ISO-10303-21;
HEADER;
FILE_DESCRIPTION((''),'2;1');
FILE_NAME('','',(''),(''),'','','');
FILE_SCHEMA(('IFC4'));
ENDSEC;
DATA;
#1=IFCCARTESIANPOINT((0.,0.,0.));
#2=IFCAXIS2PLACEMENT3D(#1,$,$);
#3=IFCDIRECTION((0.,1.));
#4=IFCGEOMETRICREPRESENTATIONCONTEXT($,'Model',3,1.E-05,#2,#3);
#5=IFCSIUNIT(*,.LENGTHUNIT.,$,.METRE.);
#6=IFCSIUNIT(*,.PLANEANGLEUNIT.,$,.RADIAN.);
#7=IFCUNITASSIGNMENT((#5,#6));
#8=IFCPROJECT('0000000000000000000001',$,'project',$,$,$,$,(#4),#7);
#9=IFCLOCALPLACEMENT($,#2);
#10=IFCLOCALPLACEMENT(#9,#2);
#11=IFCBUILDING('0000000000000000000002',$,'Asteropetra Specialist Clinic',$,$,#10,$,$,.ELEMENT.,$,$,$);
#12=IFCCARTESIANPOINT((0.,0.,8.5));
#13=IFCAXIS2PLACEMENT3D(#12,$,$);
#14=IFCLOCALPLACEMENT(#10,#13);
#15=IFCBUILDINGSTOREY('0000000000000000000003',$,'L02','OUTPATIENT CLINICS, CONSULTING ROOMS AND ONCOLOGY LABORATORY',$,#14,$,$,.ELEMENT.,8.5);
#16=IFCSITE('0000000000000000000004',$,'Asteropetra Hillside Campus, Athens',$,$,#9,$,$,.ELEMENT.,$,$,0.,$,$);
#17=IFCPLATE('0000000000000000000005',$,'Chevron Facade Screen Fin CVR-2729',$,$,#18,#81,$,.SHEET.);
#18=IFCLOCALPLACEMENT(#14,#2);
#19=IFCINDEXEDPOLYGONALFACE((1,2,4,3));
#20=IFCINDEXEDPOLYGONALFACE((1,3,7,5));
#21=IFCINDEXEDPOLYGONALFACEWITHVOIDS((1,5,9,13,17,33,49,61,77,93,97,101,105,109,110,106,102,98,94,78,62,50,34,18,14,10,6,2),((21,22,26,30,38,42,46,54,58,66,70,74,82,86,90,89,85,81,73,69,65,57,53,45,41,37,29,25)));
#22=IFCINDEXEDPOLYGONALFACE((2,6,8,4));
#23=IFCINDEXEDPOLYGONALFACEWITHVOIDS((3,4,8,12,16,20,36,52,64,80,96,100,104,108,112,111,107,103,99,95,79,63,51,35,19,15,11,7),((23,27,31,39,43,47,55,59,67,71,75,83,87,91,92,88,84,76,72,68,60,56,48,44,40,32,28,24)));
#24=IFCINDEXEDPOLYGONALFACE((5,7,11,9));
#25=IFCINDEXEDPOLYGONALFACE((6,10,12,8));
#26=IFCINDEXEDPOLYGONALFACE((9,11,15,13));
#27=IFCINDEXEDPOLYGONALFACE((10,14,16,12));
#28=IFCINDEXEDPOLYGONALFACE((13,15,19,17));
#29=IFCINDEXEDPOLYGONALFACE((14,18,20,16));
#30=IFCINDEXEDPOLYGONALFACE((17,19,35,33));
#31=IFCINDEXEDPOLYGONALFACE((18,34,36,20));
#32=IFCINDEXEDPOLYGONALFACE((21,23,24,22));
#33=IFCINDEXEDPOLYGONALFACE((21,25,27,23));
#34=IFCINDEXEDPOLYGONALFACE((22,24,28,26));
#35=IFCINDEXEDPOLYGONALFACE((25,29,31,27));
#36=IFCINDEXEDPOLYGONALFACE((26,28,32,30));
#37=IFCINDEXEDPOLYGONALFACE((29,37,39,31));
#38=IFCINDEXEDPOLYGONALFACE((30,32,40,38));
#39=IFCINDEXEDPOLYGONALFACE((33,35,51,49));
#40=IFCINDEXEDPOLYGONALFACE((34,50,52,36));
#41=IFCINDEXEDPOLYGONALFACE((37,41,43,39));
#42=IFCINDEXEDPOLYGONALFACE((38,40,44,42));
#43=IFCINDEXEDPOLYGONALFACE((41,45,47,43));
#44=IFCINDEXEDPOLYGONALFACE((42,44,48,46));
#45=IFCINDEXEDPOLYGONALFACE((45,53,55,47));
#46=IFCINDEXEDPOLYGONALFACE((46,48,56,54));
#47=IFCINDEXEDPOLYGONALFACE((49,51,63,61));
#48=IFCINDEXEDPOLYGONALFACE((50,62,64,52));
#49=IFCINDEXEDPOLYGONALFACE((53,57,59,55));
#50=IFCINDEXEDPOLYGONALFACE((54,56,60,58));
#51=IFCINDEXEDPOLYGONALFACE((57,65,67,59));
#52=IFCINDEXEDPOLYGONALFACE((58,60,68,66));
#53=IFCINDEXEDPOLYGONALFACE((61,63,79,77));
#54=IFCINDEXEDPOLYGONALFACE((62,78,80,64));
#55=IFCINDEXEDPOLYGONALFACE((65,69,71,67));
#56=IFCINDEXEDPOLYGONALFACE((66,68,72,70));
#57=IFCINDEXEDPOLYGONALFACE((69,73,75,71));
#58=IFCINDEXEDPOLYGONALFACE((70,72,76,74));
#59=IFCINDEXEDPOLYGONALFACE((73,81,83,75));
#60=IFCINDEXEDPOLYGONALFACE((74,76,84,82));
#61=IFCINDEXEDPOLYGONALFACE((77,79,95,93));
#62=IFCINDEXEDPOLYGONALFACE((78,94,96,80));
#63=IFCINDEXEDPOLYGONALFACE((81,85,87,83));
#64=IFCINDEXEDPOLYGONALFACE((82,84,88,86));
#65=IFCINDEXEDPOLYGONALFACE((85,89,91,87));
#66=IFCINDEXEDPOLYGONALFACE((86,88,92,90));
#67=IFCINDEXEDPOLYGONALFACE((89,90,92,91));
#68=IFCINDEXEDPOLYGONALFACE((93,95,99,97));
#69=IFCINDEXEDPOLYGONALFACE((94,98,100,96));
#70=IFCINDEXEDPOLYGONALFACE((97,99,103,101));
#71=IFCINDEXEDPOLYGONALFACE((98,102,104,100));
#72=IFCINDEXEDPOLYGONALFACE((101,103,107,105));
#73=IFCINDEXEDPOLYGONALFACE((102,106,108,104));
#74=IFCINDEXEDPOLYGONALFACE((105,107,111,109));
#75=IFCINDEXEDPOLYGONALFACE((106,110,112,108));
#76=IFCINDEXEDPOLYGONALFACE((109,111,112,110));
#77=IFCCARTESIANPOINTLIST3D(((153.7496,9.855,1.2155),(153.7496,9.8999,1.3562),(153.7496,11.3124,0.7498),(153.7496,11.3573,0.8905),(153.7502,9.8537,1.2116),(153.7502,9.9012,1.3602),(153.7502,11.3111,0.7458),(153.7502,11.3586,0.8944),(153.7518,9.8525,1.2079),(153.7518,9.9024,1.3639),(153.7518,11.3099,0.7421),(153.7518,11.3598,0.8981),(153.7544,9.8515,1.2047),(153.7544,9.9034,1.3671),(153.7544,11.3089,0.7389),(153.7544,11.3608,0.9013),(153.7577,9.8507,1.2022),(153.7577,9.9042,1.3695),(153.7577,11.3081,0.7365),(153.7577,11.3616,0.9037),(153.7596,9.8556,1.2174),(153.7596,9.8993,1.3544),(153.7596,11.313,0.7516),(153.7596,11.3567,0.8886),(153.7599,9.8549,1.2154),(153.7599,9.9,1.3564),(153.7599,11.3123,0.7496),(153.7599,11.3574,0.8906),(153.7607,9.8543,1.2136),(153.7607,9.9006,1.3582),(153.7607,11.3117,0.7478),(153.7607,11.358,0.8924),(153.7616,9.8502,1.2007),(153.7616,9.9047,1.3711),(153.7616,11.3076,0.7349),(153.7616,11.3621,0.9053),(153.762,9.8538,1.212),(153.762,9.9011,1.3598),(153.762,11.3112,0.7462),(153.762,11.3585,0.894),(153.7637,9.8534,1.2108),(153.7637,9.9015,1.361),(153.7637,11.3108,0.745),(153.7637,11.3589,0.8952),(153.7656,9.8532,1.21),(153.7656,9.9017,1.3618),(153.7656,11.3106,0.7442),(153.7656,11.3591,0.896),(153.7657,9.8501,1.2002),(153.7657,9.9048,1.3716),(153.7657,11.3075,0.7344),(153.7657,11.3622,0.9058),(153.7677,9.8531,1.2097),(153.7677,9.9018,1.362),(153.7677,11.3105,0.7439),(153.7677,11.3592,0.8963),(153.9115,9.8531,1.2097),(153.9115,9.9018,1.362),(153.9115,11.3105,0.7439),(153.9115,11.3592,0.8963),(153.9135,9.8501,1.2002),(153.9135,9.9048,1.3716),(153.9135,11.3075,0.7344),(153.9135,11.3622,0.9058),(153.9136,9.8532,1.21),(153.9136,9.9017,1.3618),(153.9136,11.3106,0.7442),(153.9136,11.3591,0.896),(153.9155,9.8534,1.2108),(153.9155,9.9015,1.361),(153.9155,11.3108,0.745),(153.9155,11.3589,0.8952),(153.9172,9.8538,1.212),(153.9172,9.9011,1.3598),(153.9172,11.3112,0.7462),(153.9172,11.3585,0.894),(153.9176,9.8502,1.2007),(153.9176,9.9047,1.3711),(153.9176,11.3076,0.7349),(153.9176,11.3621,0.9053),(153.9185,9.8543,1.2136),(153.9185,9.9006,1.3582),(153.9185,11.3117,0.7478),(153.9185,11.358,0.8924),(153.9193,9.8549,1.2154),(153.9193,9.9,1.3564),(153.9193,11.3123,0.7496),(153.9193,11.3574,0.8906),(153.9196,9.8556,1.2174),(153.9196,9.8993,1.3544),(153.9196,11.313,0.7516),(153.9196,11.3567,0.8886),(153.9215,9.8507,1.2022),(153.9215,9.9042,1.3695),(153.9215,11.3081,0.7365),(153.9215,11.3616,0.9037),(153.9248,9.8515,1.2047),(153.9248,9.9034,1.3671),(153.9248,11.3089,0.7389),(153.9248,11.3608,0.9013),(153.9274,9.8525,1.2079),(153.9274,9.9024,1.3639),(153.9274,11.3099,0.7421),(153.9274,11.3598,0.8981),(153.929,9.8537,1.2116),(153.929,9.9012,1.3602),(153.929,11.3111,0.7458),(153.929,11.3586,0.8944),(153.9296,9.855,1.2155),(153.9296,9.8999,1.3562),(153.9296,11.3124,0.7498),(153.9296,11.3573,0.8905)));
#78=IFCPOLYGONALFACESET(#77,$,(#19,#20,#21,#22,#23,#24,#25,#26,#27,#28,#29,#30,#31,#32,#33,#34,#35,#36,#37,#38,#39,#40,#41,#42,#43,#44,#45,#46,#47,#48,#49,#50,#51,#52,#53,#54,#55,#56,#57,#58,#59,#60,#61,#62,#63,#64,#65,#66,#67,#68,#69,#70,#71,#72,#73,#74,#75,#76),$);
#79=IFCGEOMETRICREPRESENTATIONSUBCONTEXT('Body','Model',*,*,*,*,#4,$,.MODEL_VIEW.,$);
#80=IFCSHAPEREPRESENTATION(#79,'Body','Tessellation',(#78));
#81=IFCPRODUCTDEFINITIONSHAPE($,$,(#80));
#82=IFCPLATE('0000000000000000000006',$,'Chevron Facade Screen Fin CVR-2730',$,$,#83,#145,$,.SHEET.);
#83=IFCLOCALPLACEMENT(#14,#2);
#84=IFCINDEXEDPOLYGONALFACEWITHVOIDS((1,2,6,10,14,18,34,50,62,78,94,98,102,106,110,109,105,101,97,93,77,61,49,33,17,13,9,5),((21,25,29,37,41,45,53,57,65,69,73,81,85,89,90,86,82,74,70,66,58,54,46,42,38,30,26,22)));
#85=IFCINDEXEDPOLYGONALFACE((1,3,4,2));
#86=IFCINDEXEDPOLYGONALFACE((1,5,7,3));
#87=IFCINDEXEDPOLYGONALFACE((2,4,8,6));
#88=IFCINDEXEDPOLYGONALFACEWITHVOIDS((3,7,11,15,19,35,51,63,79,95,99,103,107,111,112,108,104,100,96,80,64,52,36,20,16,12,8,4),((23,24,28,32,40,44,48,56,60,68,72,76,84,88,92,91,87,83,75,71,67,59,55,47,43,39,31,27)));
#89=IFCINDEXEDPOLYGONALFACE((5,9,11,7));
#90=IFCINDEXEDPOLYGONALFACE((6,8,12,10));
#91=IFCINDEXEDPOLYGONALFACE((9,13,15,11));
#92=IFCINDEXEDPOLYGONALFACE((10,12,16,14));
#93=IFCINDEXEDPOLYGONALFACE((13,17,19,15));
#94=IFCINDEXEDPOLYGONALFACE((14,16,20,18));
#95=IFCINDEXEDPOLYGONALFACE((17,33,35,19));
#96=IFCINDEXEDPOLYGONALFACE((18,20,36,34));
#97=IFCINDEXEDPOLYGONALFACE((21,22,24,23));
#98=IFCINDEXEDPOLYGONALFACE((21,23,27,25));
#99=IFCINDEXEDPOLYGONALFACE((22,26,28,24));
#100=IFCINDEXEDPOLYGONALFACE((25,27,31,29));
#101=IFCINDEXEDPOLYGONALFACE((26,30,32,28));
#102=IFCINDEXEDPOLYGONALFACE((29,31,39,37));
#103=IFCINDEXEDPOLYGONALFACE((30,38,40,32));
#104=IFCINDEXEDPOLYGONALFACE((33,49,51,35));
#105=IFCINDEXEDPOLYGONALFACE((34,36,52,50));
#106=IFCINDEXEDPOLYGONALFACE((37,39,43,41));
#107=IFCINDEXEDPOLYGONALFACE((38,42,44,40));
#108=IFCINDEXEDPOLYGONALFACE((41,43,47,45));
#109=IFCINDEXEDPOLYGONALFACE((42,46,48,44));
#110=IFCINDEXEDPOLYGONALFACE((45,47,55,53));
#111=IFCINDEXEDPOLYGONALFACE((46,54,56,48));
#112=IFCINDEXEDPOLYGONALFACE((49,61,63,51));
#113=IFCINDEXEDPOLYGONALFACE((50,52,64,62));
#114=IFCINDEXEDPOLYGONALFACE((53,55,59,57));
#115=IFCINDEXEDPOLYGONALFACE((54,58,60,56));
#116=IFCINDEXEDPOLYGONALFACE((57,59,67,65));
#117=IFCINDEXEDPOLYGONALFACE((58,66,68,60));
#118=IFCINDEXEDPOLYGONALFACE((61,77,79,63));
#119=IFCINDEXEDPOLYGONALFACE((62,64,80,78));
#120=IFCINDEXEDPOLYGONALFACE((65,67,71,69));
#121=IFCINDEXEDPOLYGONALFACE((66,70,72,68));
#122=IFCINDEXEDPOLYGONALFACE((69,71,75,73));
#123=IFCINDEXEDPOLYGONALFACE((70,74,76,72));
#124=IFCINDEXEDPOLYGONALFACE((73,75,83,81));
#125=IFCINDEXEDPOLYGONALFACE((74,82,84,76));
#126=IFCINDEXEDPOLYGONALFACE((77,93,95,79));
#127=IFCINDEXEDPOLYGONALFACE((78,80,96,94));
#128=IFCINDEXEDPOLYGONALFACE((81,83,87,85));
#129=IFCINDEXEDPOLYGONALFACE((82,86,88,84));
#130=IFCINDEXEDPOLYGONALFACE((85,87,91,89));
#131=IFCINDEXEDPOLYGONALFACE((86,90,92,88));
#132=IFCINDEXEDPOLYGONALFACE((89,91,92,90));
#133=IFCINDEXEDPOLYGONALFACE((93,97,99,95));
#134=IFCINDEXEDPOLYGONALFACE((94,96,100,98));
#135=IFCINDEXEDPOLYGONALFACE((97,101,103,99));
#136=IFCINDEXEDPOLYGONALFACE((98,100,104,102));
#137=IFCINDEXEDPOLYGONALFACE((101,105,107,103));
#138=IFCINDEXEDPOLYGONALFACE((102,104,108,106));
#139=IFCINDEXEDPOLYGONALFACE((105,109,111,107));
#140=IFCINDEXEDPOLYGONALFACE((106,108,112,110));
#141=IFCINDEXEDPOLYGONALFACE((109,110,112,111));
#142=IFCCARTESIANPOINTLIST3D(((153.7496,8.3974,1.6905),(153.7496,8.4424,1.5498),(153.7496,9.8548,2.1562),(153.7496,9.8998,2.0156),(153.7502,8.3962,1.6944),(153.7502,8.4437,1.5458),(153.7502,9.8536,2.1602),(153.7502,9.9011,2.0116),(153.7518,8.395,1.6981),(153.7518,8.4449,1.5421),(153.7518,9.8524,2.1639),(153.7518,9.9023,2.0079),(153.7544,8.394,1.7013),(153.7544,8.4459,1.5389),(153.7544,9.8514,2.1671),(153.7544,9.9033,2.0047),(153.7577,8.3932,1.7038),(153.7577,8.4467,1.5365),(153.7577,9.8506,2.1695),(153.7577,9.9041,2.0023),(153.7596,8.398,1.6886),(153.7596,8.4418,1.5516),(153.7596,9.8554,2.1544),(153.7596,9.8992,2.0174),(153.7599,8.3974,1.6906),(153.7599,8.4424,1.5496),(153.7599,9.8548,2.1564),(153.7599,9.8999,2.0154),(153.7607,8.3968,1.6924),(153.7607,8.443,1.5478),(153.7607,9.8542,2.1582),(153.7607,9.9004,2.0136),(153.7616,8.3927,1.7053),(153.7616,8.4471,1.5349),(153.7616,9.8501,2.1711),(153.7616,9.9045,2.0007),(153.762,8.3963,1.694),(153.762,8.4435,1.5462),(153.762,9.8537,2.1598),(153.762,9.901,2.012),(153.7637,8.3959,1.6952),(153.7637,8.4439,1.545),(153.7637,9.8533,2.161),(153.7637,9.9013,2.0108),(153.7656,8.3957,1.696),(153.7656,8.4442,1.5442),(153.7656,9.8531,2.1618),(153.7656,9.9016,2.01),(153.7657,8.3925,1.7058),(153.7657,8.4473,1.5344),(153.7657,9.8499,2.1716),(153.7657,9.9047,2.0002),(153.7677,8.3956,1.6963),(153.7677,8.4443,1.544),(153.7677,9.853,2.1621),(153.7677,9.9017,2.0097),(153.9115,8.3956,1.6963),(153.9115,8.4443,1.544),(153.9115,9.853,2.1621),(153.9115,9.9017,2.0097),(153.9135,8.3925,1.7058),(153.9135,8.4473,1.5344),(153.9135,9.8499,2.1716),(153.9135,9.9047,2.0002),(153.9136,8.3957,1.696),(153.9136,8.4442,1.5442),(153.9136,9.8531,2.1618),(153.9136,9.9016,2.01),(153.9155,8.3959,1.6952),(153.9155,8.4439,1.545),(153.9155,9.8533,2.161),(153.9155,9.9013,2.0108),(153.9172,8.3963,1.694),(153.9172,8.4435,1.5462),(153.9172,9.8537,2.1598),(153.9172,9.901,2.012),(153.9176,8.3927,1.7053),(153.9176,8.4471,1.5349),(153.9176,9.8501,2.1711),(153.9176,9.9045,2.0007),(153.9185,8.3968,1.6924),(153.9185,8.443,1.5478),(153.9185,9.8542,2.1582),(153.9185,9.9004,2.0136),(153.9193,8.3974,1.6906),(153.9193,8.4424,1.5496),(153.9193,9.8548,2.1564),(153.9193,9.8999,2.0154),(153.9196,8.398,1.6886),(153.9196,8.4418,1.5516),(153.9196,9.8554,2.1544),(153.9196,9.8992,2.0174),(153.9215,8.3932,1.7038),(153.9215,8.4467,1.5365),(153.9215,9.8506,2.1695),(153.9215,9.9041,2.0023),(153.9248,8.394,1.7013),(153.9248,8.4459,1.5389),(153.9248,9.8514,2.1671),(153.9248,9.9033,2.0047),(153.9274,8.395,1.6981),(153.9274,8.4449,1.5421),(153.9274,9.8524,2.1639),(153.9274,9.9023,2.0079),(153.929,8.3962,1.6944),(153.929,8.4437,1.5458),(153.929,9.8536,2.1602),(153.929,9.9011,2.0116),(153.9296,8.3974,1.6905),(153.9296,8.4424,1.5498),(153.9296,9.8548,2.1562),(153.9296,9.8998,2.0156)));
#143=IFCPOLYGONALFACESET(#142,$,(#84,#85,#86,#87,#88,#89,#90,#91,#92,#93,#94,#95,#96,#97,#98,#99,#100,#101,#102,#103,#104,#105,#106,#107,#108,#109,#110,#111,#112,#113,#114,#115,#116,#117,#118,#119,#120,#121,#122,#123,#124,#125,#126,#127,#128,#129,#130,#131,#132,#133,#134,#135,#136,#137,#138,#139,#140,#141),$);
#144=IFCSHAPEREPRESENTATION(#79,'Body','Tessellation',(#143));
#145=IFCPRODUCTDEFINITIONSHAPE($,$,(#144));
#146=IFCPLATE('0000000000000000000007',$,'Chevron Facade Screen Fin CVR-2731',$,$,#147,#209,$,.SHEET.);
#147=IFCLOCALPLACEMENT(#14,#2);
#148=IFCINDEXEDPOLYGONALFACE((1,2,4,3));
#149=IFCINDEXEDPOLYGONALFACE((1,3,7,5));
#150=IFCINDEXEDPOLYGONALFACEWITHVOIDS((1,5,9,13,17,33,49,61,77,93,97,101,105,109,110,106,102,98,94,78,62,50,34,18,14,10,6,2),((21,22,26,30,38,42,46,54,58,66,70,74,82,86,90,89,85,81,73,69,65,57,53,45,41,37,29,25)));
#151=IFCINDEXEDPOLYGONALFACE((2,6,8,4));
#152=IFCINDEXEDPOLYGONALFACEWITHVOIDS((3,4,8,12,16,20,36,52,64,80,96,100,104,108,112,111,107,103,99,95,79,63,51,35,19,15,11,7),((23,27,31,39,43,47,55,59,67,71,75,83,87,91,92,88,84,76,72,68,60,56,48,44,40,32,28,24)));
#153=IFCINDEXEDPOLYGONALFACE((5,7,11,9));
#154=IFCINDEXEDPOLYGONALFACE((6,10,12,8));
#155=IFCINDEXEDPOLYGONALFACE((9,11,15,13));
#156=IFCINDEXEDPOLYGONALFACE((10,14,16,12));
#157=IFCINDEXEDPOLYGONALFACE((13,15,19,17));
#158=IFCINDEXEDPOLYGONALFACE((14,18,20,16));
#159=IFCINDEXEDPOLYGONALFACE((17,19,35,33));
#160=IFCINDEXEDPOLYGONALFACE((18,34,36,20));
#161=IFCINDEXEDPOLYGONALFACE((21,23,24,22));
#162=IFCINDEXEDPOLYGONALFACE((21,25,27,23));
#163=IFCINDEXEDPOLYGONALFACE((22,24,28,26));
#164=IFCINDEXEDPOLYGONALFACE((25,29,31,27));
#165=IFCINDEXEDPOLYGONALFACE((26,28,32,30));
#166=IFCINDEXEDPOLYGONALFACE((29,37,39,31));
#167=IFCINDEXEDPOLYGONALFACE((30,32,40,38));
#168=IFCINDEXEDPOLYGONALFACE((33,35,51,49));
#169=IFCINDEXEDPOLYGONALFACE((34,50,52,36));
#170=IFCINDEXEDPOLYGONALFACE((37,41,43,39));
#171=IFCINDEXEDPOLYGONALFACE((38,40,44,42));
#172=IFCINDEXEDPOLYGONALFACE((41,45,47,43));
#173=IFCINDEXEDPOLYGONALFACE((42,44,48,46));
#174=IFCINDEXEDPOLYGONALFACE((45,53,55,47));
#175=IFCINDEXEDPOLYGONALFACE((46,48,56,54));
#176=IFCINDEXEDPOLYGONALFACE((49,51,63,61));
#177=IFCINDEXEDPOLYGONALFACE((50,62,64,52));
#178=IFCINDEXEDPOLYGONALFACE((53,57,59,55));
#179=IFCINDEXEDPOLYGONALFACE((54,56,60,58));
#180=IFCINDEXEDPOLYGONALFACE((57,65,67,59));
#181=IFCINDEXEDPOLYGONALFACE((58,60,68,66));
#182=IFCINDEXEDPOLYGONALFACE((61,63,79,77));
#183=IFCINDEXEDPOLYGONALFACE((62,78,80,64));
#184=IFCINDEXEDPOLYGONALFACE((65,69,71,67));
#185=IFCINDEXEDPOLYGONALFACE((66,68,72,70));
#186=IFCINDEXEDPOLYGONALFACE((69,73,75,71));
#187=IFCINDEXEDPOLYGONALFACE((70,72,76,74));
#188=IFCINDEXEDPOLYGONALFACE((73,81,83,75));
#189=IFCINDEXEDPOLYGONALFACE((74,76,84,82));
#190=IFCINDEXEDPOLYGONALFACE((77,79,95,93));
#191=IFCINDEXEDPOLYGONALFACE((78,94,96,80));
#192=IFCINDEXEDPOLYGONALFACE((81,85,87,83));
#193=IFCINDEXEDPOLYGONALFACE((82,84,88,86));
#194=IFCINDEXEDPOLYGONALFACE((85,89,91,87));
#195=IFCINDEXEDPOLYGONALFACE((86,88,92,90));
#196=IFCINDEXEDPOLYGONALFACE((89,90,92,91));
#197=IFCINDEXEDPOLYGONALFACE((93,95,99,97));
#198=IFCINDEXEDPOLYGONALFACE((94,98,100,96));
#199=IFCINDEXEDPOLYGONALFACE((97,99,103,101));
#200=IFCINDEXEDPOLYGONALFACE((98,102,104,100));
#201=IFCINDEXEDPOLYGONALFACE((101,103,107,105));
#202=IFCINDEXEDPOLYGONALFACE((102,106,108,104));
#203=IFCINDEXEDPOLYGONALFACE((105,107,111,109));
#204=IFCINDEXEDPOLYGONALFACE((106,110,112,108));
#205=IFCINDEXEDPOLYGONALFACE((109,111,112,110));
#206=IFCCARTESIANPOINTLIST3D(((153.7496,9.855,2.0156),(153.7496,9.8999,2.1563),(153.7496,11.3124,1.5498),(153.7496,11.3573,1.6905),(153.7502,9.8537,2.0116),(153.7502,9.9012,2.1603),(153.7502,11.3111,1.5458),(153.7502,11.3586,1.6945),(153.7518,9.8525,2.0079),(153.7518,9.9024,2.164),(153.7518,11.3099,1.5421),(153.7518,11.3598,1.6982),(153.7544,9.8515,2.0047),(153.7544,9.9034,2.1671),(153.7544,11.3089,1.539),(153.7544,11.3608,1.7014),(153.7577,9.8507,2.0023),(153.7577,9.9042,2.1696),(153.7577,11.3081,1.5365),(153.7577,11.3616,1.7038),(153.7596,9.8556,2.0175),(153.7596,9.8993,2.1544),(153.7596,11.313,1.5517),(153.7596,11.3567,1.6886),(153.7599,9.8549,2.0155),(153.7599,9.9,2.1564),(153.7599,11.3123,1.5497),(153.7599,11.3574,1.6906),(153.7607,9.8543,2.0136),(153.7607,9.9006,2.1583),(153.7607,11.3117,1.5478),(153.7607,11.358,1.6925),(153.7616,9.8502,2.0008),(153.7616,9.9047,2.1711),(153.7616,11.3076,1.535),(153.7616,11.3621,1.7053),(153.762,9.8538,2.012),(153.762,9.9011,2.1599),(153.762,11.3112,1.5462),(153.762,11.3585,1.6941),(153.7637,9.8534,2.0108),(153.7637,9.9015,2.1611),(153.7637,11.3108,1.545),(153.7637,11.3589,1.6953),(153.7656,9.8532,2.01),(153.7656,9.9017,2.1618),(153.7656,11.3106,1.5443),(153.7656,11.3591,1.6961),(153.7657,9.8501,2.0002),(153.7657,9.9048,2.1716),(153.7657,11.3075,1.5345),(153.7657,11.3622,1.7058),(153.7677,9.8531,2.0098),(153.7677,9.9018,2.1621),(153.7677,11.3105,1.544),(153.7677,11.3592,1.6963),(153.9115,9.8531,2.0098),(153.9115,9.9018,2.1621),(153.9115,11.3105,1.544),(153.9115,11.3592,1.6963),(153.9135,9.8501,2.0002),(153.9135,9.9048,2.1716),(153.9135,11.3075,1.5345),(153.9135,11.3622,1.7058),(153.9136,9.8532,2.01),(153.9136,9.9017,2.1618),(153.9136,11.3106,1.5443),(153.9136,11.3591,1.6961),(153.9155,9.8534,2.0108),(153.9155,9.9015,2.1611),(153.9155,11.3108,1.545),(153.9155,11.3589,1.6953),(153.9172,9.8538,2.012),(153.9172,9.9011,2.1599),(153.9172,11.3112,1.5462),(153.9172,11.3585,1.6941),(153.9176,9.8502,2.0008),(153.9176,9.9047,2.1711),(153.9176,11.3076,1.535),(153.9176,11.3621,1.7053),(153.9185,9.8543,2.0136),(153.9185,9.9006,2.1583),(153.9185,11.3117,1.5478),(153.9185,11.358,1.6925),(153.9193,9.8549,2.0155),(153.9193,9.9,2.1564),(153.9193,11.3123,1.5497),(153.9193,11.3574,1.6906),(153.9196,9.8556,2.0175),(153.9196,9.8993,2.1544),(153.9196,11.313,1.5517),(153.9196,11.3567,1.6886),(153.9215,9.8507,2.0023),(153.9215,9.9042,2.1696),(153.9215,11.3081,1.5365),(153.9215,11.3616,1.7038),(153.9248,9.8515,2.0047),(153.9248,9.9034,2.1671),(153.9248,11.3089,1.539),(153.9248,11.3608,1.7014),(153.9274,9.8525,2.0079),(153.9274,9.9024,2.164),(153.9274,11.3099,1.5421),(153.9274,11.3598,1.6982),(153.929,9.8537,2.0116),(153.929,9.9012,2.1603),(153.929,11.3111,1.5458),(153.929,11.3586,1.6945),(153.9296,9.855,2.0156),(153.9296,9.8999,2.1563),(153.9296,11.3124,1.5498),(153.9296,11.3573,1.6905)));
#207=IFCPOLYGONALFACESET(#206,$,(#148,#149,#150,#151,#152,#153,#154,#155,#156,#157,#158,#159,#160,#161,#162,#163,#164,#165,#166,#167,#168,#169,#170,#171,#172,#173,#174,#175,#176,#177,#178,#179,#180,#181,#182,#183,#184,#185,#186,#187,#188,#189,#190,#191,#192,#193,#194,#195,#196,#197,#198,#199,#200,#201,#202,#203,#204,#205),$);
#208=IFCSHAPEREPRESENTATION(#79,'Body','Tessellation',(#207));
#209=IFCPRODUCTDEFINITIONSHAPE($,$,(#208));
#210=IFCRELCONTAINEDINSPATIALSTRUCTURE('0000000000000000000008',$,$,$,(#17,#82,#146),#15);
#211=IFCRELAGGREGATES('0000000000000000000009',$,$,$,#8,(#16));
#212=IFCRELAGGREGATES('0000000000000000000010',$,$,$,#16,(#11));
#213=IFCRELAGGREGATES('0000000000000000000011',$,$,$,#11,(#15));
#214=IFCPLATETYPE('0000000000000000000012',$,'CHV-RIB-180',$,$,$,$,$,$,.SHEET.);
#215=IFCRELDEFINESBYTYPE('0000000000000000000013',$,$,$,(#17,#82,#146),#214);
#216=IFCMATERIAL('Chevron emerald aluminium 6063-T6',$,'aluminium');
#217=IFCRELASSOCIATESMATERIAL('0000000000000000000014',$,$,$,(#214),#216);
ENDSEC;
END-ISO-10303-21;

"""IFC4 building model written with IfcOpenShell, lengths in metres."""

from ifc_helpers import new_model, si_unit, direction, frame, origin, origin_2d, place, context, subcontext, project, spatial, hollow_rectangle, extrude, material, material_profile, profile_set, type_object, element, save


model = new_model("IFC4")

# Units and contexts
model_context = context("Model", 3, precision=1e-05, world=origin(), true_north=direction((0.0, 1.0)))
body_context = subcontext(model_context, "Body", "Model", "MODEL_VIEW")
ifc_project = project(units=[si_unit("LENGTHUNIT", "METRE"), si_unit("PLANEANGLEUNIT", "RADIAN")], contexts=[model_context])

# Site, building, storey
site_placement = place(None, origin())
site = spatial("IfcSite", under=ifc_project, at=site_placement, Name="Asteropetra Hillside Campus, Athens", CompositionType="ELEMENT", RefElevation=0.0)
building_placement = place(site_placement, origin())
building = spatial("IfcBuilding", under=site, at=building_placement, Name="Asteropetra Specialist Clinic", CompositionType="ELEMENT")
storey_placement = place(building_placement, frame((0.0, 0.0, 8.5)))
storey = spatial("IfcBuildingStorey", under=building, at=storey_placement, Name="L02", Description="OUTPATIENT CLINICS, CONSULTING ROOMS AND ONCOLOGY LABORATORY", CompositionType="ELEMENT", Elevation=8.5)

# Plates
ifc_material_1 = material(Name="Chevron emerald aluminium 6063-T6", Category="aluminium")
ifc_material_profile_1 = material_profile(ifc_material_1, hollow_rectangle(XDim=0.1799, YDim=0.1799, WallThickness=0.01, InnerFilletRadius=0.0081, OuterFilletRadius=0.0161, at=origin_2d()), Name="SHS 180x180x10.0")
ifc_profile_set_1 = profile_set([ifc_material_profile_1], Name="Chevron emerald aluminium 6063-T6")
plate_type = type_object("IfcPlateType", Name="CHV-RIB-180", PredefinedType="SHEET", material=ifc_profile_set_1)
for number, where, z_axis, x_axis, name in (
    (1, (153.8396, 9.8774, 1.2859), (0.0, 0.952535, -0.304428), (-1.0, 0.0, 0.0), "Chevron Facade Screen Fin CVR-2729"),
    (2, (153.8396, 8.4199, 1.6201), (0.0, 0.952535, 0.304428), (-1.0, 0.0, 0.0), "Chevron Facade Screen Fin CVR-2730"),
    (3, (153.8396, 9.8774, 2.0859), (0.0, 0.952535, -0.304428), (-1.0, 0.0, 0.0), "Chevron Facade Screen Fin CVR-2731"),
):
    element("IfcPlate", number, at=place(storey_placement, frame(where, z_axis=z_axis, x_axis=x_axis)), inside=storey, type_object=plate_type, Name=name, PredefinedType="SHEET", context=body_context, shape_type="SweptSolid", body=[
        extrude(hollow_rectangle(XDim=0.1799, YDim=0.1799, WallThickness=0.01, InnerFilletRadius=0.0081, OuterFilletRadius=0.0161, at=origin_2d()), origin(), (0.0, 0.0, 1.0), 1.53),
    ])

save(model, "model.ifc")
